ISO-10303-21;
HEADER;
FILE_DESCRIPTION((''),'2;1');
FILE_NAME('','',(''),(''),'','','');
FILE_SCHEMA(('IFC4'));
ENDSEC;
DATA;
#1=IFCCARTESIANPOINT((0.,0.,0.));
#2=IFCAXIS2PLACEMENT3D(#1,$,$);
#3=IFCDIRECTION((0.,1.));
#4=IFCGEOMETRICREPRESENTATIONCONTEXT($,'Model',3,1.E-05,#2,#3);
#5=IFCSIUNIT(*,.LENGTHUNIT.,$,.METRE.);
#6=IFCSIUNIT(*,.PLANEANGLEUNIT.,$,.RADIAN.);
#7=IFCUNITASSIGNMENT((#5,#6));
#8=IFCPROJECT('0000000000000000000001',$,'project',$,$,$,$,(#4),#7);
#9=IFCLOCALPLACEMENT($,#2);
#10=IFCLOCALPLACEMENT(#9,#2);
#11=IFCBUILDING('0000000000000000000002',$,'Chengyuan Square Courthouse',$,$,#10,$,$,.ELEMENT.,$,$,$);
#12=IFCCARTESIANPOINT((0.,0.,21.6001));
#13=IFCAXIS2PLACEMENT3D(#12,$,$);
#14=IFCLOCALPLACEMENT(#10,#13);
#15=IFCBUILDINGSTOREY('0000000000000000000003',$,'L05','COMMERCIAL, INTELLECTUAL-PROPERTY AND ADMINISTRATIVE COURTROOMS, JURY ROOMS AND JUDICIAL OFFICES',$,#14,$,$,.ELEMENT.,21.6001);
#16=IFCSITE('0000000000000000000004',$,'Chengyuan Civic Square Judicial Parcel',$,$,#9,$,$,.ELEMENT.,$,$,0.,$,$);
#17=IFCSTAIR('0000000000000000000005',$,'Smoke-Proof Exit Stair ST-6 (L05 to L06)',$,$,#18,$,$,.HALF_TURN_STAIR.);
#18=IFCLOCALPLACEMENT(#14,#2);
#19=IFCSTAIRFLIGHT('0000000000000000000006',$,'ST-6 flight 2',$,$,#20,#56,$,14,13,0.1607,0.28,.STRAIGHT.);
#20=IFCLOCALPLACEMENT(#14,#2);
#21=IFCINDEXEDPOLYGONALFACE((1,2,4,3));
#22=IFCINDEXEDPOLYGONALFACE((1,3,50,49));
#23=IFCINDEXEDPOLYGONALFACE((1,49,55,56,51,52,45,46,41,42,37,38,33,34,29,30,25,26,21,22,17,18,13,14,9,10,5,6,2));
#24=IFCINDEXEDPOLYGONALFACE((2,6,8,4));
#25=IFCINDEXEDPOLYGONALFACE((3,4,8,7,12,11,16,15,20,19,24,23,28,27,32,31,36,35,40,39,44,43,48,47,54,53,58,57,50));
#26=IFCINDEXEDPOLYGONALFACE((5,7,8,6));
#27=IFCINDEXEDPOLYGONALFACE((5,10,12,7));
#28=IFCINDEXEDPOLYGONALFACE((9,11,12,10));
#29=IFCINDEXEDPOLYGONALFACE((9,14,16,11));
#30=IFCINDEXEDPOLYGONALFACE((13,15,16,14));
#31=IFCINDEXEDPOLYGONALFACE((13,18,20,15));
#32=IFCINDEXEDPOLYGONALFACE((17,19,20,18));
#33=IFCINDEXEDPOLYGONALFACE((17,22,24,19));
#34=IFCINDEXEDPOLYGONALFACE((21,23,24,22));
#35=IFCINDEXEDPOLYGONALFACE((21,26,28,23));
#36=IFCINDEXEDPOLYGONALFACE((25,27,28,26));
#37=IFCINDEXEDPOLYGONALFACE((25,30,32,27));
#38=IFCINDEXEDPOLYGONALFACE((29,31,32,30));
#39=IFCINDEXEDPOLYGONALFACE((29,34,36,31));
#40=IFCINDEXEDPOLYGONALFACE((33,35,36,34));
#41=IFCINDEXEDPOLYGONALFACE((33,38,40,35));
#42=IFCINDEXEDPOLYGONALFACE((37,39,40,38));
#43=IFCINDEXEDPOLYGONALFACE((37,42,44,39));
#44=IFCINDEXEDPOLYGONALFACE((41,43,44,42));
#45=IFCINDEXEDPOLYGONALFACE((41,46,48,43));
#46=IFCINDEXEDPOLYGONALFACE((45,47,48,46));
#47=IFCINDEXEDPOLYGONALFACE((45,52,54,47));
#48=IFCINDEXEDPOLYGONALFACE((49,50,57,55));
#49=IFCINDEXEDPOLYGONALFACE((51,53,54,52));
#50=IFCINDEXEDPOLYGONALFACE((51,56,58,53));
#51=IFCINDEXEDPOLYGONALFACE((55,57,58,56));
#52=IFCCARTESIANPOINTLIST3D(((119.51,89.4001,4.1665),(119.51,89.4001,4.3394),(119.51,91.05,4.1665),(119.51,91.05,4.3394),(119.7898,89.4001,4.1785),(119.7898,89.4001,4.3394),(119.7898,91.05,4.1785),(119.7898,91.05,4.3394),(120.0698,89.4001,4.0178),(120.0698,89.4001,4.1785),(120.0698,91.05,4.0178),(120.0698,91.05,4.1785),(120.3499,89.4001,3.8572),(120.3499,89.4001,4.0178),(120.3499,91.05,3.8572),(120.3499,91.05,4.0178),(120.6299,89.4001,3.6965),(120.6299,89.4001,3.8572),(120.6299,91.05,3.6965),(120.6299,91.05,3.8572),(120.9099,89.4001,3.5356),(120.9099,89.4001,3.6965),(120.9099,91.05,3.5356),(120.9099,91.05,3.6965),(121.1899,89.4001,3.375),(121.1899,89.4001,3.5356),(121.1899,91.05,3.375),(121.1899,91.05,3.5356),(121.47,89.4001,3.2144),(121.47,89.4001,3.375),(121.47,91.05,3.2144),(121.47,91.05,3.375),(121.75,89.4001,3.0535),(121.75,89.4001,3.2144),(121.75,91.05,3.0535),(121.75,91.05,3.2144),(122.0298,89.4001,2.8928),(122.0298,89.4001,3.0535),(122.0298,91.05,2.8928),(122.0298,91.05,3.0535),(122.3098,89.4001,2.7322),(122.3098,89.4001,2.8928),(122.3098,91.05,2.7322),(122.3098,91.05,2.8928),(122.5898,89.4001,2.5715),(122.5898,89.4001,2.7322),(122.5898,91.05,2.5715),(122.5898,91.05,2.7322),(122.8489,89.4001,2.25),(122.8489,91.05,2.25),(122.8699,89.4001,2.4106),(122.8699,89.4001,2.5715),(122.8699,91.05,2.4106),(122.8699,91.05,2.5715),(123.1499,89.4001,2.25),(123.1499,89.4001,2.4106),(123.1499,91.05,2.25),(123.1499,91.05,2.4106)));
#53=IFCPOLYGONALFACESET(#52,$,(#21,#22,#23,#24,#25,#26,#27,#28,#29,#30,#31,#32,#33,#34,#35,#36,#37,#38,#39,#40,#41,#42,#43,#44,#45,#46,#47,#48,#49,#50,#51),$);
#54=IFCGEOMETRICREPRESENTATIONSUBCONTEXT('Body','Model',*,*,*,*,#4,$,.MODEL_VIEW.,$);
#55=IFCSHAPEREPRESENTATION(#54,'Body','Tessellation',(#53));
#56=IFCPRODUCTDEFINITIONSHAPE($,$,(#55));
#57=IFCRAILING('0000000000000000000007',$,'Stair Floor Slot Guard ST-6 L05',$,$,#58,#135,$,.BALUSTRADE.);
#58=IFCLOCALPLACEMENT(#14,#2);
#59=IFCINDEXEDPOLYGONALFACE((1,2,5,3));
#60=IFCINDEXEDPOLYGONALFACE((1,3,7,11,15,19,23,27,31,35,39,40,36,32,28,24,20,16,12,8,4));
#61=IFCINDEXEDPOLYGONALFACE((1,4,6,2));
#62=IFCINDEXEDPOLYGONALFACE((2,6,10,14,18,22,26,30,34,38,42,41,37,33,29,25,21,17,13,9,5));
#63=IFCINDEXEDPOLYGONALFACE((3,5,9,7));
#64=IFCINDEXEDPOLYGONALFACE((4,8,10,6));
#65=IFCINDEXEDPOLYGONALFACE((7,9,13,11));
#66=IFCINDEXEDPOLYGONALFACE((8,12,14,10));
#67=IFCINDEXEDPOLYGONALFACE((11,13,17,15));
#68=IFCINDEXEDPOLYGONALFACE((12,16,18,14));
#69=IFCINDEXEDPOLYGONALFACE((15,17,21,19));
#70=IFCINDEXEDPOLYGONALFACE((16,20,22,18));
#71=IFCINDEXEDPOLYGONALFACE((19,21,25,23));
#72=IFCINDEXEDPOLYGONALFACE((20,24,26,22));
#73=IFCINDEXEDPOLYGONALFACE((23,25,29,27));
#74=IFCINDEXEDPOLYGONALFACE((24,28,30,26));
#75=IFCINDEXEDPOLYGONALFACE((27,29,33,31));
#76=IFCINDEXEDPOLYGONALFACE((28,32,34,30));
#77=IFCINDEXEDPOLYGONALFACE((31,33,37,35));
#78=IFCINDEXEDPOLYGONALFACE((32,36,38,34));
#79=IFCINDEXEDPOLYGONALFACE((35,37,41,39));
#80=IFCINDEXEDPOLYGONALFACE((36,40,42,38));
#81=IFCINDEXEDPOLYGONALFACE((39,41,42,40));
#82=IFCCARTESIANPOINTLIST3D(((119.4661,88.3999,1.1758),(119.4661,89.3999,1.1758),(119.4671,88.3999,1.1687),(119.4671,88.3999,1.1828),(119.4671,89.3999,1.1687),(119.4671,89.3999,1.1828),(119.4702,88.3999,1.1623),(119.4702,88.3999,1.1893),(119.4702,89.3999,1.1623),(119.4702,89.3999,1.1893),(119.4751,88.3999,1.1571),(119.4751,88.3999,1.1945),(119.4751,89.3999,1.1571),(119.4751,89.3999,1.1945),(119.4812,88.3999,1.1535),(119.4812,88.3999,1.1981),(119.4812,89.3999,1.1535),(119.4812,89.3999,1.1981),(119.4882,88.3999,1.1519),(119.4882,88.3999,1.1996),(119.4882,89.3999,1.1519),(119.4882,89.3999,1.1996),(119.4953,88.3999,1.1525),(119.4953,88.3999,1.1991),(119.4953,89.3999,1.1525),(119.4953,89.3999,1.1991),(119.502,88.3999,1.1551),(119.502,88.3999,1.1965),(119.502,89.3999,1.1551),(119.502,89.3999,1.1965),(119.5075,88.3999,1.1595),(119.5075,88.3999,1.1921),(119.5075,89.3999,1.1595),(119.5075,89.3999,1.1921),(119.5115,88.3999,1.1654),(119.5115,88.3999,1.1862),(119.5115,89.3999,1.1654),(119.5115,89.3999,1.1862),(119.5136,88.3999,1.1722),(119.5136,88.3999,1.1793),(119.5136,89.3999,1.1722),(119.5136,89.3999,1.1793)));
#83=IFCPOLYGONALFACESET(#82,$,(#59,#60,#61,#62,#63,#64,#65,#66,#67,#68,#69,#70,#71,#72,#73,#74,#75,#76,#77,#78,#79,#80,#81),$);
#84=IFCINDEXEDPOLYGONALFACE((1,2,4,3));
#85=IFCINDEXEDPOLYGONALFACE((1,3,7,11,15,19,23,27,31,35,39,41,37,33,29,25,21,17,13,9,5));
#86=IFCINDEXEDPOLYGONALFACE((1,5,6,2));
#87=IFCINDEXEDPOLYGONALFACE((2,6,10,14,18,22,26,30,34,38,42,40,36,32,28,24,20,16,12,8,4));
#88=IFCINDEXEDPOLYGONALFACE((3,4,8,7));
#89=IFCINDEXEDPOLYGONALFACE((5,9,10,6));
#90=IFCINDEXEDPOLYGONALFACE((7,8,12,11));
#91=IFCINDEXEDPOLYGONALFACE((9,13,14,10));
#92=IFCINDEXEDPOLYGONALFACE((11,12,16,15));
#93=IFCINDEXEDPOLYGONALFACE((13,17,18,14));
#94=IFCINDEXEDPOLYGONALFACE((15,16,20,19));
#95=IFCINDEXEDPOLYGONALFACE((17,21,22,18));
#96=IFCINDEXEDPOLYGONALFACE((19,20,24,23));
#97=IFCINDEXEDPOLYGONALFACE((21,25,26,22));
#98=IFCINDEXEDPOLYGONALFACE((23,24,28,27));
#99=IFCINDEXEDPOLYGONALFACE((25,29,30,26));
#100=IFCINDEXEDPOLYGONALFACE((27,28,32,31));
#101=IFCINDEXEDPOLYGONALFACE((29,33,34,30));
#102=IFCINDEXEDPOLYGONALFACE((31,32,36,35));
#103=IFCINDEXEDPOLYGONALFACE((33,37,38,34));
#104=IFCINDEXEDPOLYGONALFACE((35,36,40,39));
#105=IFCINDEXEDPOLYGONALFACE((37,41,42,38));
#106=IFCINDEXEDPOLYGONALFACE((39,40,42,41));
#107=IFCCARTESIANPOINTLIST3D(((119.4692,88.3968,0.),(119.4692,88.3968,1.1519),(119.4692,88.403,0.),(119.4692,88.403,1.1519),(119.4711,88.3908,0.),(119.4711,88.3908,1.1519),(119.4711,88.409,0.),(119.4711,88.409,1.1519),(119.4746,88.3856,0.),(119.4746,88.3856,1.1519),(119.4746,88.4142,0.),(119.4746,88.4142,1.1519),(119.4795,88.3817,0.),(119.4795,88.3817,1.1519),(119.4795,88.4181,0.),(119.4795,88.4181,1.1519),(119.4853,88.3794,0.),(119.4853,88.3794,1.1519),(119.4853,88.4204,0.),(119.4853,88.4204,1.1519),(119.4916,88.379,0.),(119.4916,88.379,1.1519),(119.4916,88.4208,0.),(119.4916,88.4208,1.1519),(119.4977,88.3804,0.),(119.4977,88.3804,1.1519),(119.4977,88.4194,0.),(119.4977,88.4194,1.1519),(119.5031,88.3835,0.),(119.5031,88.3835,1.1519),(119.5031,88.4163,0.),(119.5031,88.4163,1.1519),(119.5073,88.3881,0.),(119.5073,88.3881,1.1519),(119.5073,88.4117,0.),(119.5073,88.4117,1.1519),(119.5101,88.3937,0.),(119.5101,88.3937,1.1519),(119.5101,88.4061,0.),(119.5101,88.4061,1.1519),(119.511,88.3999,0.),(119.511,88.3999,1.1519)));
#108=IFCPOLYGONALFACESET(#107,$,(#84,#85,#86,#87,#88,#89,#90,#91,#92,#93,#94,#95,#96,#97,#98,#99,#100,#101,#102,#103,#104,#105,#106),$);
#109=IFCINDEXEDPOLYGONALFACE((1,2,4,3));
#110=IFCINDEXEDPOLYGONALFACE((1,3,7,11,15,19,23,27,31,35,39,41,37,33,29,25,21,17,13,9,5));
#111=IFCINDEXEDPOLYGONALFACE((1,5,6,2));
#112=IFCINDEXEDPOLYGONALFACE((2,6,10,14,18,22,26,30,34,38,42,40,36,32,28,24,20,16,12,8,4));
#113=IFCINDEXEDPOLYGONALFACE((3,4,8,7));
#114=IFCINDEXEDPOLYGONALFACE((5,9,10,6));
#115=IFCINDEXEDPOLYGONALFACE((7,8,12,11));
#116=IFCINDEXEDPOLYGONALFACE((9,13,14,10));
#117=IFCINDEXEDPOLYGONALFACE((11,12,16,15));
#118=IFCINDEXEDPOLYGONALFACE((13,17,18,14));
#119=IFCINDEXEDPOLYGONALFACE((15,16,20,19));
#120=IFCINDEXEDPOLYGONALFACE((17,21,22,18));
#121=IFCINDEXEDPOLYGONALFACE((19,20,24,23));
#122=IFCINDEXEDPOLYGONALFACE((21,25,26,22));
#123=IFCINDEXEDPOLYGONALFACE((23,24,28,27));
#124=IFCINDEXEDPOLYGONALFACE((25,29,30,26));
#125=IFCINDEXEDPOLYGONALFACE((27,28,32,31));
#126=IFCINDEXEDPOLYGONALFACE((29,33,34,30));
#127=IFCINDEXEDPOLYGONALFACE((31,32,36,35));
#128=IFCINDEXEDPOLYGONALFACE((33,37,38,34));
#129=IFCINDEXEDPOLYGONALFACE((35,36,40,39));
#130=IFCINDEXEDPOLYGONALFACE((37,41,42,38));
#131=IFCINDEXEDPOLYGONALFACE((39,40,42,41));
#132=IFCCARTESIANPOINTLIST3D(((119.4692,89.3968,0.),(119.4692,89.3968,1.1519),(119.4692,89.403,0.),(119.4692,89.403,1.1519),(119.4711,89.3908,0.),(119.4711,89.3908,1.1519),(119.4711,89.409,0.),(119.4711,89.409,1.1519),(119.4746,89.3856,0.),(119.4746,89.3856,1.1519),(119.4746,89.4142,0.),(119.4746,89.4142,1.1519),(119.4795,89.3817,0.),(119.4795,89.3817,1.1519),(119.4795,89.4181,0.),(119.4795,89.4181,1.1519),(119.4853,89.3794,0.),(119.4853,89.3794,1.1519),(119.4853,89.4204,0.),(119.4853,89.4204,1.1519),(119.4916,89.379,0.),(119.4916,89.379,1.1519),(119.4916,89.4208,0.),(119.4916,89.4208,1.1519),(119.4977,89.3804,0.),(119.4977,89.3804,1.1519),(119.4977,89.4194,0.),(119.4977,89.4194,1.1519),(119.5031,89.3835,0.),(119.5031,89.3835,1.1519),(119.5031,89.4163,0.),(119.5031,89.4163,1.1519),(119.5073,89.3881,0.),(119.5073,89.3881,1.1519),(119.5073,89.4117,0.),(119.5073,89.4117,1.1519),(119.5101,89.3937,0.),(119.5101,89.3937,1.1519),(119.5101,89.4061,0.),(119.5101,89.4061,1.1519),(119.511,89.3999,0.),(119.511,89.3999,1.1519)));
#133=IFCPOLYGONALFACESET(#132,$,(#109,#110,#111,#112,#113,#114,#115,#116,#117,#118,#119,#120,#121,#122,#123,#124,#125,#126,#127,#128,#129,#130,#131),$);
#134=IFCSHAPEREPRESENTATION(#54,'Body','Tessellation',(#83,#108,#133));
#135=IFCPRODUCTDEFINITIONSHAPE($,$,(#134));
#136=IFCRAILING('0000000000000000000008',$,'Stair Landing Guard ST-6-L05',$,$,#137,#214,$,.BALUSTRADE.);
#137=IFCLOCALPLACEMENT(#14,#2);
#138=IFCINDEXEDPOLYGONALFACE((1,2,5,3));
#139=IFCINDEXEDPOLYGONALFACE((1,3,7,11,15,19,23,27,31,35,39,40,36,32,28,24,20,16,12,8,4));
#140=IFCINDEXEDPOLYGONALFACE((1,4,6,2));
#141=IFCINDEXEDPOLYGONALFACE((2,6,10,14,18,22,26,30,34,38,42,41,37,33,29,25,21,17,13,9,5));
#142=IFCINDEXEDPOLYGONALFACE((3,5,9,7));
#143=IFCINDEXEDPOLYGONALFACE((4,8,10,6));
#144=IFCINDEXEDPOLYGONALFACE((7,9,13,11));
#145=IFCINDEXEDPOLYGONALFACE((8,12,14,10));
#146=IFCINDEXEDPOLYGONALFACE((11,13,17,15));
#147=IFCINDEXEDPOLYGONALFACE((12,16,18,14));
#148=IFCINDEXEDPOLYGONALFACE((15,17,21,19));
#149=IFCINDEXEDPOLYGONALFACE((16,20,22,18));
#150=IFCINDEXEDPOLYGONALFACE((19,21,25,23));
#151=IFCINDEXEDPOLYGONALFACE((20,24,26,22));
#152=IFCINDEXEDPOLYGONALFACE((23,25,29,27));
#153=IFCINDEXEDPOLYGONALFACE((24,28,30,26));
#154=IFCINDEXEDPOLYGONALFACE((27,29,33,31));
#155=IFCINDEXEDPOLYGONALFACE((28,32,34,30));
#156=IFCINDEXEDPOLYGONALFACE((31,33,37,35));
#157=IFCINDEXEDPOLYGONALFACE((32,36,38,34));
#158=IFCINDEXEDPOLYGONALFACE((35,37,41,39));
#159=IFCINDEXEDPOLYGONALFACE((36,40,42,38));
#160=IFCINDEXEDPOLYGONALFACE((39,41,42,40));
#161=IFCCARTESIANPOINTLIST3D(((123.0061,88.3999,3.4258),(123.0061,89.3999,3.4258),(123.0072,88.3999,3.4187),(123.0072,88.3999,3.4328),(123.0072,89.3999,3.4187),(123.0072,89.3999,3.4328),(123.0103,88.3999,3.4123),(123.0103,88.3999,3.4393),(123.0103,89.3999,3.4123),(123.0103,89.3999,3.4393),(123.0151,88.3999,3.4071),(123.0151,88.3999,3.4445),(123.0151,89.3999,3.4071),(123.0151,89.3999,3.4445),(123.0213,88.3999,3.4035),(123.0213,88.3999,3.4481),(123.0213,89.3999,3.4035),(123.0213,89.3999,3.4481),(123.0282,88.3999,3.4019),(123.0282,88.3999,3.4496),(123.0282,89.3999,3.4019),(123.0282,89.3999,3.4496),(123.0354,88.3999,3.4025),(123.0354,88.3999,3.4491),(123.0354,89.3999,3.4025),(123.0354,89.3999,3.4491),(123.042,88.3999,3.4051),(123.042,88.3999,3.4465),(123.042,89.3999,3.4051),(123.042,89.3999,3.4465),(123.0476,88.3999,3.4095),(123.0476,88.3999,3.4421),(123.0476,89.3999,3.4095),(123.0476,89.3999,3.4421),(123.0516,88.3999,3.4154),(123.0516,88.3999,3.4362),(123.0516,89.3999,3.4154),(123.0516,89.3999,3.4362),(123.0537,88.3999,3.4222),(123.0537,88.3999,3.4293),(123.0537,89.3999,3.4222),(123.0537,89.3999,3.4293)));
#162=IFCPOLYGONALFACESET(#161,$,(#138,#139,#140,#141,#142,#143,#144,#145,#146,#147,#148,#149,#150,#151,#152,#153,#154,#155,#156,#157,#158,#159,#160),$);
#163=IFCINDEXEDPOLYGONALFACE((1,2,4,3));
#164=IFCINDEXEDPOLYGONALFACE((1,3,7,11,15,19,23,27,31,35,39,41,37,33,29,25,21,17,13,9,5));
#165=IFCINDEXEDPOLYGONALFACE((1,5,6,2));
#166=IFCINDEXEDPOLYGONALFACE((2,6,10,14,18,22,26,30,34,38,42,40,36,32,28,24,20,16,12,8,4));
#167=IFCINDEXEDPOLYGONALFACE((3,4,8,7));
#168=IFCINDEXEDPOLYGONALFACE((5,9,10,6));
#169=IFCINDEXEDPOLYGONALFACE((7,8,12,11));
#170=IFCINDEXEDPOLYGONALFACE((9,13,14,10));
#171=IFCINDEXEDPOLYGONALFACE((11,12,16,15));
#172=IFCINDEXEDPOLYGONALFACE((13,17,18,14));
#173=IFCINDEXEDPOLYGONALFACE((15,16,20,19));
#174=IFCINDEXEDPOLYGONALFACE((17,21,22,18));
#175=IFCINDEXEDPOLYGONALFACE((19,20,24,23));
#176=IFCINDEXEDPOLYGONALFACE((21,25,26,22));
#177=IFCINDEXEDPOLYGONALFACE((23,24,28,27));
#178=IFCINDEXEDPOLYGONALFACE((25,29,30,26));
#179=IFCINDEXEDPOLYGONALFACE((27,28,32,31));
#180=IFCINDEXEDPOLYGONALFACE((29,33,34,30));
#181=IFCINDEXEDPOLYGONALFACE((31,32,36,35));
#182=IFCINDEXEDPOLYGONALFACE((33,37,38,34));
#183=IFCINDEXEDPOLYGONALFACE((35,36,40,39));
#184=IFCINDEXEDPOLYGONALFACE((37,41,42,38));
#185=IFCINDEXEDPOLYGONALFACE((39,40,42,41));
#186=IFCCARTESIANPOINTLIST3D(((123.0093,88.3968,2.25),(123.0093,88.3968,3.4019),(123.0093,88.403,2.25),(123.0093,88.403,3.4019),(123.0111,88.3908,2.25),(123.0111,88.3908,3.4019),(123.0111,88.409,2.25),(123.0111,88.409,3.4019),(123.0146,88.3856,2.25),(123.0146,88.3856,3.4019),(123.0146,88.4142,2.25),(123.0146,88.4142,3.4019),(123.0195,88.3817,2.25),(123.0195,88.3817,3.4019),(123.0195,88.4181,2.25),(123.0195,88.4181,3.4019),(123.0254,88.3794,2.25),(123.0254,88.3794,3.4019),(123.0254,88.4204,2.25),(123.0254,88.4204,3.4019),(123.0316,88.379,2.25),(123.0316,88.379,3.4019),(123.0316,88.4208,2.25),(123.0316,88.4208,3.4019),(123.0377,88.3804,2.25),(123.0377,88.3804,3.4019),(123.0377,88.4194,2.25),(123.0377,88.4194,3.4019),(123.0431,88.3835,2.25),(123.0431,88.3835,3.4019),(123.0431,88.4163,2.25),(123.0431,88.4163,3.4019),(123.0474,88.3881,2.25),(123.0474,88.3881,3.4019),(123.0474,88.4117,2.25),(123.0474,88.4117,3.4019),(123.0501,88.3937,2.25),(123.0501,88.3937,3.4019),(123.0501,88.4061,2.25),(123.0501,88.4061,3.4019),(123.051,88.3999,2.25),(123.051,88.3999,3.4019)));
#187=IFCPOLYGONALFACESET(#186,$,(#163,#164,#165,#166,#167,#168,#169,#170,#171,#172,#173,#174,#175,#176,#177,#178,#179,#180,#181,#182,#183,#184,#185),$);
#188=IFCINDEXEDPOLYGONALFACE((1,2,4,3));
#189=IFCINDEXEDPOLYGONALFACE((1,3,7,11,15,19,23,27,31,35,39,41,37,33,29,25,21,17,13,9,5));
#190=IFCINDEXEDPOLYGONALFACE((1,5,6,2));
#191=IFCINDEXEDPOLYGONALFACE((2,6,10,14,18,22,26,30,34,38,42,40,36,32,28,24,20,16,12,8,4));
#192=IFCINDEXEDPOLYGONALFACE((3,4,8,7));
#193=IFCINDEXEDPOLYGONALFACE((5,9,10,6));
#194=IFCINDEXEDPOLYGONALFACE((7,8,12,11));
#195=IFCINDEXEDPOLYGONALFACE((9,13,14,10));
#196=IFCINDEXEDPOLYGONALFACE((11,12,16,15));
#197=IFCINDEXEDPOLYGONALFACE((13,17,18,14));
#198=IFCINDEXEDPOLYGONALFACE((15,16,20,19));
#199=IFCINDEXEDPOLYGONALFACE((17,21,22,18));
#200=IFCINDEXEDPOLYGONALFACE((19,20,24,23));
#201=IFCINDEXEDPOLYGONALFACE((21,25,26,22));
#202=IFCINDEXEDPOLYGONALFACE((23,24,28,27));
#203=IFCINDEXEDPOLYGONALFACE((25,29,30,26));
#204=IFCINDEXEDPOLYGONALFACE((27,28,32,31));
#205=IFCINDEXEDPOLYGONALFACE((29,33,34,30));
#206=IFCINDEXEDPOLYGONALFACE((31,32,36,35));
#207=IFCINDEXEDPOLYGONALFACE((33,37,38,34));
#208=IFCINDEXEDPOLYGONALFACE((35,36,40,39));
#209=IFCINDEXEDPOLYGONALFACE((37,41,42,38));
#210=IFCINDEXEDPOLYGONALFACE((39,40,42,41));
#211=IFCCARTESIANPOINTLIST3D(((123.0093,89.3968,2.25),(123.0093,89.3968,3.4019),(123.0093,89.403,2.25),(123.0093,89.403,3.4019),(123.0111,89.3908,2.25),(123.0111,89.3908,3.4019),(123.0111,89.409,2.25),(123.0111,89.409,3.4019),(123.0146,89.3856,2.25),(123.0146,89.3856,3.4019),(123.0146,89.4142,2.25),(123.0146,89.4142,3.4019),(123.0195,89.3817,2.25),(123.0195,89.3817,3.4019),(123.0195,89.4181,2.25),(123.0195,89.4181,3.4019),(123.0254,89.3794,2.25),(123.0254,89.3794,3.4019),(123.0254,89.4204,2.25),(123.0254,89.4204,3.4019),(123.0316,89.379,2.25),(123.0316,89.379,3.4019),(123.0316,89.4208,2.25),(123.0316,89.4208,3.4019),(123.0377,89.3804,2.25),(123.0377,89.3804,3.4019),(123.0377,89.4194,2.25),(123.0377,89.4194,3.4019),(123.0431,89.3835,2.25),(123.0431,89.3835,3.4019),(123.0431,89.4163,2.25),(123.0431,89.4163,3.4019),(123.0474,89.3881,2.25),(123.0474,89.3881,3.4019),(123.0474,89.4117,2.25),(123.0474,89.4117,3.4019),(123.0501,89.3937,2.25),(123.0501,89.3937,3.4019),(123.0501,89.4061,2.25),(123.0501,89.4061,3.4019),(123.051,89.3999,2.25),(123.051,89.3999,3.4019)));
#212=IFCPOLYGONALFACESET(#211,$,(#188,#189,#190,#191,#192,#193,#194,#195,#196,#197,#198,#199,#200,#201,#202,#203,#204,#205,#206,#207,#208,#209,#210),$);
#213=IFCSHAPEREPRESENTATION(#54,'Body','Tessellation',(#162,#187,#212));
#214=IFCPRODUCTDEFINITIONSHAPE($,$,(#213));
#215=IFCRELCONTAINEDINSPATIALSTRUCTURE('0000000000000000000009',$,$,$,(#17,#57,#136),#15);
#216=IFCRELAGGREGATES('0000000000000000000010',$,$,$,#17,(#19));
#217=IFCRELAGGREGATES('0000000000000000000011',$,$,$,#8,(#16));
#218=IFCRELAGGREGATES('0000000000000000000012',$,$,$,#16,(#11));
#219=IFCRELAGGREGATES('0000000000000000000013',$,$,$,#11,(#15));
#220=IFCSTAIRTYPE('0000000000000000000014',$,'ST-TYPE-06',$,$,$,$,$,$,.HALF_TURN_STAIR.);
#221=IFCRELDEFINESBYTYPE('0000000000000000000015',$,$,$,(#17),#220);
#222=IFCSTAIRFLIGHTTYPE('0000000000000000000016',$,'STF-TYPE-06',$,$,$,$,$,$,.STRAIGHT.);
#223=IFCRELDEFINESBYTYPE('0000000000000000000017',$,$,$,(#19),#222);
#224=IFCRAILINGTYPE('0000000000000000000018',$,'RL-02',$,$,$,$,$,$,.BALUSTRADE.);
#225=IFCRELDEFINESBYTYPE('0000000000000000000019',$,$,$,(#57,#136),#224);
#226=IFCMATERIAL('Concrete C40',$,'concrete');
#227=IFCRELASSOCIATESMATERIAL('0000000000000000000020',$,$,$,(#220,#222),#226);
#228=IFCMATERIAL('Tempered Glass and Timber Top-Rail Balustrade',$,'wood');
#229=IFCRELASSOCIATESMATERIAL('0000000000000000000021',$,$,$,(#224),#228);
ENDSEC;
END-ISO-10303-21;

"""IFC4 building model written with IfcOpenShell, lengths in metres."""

from ifc_helpers import new_model, si_unit, direction, frame, origin, origin_2d, place, context, subcontext, project, spatial, polyline, circle, outline, extrude, material, type_object, element, aggregate, save


model = new_model("IFC4")

# Units and contexts
model_context = context("Model", 3, precision=1e-05, world=origin(), true_north=direction((0.0, 1.0)))
body_context = subcontext(model_context, "Body", "Model", "MODEL_VIEW")
ifc_project = project(units=[si_unit("LENGTHUNIT", "METRE"), si_unit("PLANEANGLEUNIT", "RADIAN")], contexts=[model_context])

# Site, building, storey
site_placement = place(None, origin())
site = spatial("IfcSite", under=ifc_project, at=site_placement, Name="Chengyuan Civic Square Judicial Parcel", CompositionType="ELEMENT", RefElevation=0.0)
building_placement = place(site_placement, origin())
building = spatial("IfcBuilding", under=site, at=building_placement, Name="Chengyuan Square Courthouse", CompositionType="ELEMENT")
storey_placement = place(building_placement, frame((0.0, 0.0, 21.6001)))
storey = spatial("IfcBuildingStorey", under=building, at=storey_placement, Name="L05", Description="COMMERCIAL, INTELLECTUAL-PROPERTY AND ADMINISTRATIVE COURTROOMS, JURY ROOMS AND JUDICIAL OFFICES", CompositionType="ELEMENT", Elevation=21.6001)

# Shared definitions
ifc_material_1 = material(Name="Concrete C40", Category="concrete")

# Stair, stair flight
stair_type = type_object("IfcStairType", Name="ST-TYPE-06", PredefinedType="HALF_TURN_STAIR", material=ifc_material_1)
stair_placement = place(storey_placement, origin())
stair = element("IfcStair", 1, at=stair_placement, inside=storey, type_object=stair_type, Name="Smoke-Proof Exit Stair ST-6 (L05 to L06)", PredefinedType="HALF_TURN_STAIR")
stair_flight_type = type_object("IfcStairFlightType", Name="STF-TYPE-06", PredefinedType="STRAIGHT", material=ifc_material_1)
stair_flight_1_placement = place(storey_placement, frame((123.1499, 90.2251, 2.25), z_axis=(0.0, 0.0, 1.0), x_axis=(-1.0, 0.0, 0.0)))
stair_flight_1 = element("IfcStairFlight", 2, at=stair_flight_1_placement, type_object=stair_flight_type, Name="ST-6 flight 2", NumberOfRisers=14, NumberOfTreads=13, PredefinedType="STRAIGHT", RiserHeight=0.1607, TreadLength=0.28, context=body_context, shape_type="SweptSolid", body=[
    extrude(outline(polyline([(0.0, 0.0), (0.0, 0.1606), (0.28, 0.1606), (0.28, 0.3215), (0.5601, 0.3215), (0.5601, 0.4822), (0.8401, 0.4822), (0.8401, 0.6428), (1.1201, 0.6428), (1.1201, 0.8035), (1.3999, 0.8035), (1.3999, 0.9644), (1.6799, 0.9644), (1.6799, 1.125), (1.96, 1.125), (1.96, 1.2856), (2.24, 1.2856), (2.24, 1.4465), (2.52, 1.4465), (2.52, 1.6072), (2.8, 1.6072), (2.8, 1.7678), (3.0801, 1.7678), (3.0801, 1.9285), (3.3601, 1.9285), (3.3601, 2.0894), (3.6399, 2.0894), (3.6399, 2.25), (3.6399, 1.9165), (0.301, 0.0), (0.0, 0.0)])), frame((0.0, 0.825, 0.0), z_axis=(0.0, -1.0, 0.0), x_axis=(1.0, 0.0, 0.0)), (0.0, 0.0, 1.0), 1.6499),
])
aggregate(stair, [stair_flight_1])

# Railings
ifc_material_2 = material(Name="Tempered Glass and Timber Top-Rail Balustrade", Category="wood")
railing_type_1 = type_object("IfcRailingType", Name="RL-02", PredefinedType="BALUSTRADE", material=ifc_material_2)
for number, where, name in (
    (3, (119.49, 88.3999, 0.0), "Stair Floor Slot Guard ST-6 L05"),
    (4, (123.03, 88.3999, 2.25), "Stair Landing Guard ST-6-L05"),
):
    element("IfcRailing", number, at=place(storey_placement, frame(where)), inside=storey, type_object=railing_type_1, Name=name, PredefinedType="BALUSTRADE", context=body_context, shape_type="SweptSolid", body=[
        extrude(circle(Radius=0.0239, at=origin_2d()), frame((0.0, 0.0, 1.1758), z_axis=(0.0, 1.0, 0.0), x_axis=(-1.0, 0.0, 0.0)), (0.0, 0.0, 1.0), 1.0),
        extrude(circle(Radius=0.021, at=origin_2d()), origin(), (0.0, 0.0, 1.0), 1.1519),
        extrude(circle(Radius=0.021, at=origin_2d()), frame((0.0, 1.0, 0.0)), (0.0, 0.0, 1.0), 1.1519),
    ])

save(model, "model.ifc")
